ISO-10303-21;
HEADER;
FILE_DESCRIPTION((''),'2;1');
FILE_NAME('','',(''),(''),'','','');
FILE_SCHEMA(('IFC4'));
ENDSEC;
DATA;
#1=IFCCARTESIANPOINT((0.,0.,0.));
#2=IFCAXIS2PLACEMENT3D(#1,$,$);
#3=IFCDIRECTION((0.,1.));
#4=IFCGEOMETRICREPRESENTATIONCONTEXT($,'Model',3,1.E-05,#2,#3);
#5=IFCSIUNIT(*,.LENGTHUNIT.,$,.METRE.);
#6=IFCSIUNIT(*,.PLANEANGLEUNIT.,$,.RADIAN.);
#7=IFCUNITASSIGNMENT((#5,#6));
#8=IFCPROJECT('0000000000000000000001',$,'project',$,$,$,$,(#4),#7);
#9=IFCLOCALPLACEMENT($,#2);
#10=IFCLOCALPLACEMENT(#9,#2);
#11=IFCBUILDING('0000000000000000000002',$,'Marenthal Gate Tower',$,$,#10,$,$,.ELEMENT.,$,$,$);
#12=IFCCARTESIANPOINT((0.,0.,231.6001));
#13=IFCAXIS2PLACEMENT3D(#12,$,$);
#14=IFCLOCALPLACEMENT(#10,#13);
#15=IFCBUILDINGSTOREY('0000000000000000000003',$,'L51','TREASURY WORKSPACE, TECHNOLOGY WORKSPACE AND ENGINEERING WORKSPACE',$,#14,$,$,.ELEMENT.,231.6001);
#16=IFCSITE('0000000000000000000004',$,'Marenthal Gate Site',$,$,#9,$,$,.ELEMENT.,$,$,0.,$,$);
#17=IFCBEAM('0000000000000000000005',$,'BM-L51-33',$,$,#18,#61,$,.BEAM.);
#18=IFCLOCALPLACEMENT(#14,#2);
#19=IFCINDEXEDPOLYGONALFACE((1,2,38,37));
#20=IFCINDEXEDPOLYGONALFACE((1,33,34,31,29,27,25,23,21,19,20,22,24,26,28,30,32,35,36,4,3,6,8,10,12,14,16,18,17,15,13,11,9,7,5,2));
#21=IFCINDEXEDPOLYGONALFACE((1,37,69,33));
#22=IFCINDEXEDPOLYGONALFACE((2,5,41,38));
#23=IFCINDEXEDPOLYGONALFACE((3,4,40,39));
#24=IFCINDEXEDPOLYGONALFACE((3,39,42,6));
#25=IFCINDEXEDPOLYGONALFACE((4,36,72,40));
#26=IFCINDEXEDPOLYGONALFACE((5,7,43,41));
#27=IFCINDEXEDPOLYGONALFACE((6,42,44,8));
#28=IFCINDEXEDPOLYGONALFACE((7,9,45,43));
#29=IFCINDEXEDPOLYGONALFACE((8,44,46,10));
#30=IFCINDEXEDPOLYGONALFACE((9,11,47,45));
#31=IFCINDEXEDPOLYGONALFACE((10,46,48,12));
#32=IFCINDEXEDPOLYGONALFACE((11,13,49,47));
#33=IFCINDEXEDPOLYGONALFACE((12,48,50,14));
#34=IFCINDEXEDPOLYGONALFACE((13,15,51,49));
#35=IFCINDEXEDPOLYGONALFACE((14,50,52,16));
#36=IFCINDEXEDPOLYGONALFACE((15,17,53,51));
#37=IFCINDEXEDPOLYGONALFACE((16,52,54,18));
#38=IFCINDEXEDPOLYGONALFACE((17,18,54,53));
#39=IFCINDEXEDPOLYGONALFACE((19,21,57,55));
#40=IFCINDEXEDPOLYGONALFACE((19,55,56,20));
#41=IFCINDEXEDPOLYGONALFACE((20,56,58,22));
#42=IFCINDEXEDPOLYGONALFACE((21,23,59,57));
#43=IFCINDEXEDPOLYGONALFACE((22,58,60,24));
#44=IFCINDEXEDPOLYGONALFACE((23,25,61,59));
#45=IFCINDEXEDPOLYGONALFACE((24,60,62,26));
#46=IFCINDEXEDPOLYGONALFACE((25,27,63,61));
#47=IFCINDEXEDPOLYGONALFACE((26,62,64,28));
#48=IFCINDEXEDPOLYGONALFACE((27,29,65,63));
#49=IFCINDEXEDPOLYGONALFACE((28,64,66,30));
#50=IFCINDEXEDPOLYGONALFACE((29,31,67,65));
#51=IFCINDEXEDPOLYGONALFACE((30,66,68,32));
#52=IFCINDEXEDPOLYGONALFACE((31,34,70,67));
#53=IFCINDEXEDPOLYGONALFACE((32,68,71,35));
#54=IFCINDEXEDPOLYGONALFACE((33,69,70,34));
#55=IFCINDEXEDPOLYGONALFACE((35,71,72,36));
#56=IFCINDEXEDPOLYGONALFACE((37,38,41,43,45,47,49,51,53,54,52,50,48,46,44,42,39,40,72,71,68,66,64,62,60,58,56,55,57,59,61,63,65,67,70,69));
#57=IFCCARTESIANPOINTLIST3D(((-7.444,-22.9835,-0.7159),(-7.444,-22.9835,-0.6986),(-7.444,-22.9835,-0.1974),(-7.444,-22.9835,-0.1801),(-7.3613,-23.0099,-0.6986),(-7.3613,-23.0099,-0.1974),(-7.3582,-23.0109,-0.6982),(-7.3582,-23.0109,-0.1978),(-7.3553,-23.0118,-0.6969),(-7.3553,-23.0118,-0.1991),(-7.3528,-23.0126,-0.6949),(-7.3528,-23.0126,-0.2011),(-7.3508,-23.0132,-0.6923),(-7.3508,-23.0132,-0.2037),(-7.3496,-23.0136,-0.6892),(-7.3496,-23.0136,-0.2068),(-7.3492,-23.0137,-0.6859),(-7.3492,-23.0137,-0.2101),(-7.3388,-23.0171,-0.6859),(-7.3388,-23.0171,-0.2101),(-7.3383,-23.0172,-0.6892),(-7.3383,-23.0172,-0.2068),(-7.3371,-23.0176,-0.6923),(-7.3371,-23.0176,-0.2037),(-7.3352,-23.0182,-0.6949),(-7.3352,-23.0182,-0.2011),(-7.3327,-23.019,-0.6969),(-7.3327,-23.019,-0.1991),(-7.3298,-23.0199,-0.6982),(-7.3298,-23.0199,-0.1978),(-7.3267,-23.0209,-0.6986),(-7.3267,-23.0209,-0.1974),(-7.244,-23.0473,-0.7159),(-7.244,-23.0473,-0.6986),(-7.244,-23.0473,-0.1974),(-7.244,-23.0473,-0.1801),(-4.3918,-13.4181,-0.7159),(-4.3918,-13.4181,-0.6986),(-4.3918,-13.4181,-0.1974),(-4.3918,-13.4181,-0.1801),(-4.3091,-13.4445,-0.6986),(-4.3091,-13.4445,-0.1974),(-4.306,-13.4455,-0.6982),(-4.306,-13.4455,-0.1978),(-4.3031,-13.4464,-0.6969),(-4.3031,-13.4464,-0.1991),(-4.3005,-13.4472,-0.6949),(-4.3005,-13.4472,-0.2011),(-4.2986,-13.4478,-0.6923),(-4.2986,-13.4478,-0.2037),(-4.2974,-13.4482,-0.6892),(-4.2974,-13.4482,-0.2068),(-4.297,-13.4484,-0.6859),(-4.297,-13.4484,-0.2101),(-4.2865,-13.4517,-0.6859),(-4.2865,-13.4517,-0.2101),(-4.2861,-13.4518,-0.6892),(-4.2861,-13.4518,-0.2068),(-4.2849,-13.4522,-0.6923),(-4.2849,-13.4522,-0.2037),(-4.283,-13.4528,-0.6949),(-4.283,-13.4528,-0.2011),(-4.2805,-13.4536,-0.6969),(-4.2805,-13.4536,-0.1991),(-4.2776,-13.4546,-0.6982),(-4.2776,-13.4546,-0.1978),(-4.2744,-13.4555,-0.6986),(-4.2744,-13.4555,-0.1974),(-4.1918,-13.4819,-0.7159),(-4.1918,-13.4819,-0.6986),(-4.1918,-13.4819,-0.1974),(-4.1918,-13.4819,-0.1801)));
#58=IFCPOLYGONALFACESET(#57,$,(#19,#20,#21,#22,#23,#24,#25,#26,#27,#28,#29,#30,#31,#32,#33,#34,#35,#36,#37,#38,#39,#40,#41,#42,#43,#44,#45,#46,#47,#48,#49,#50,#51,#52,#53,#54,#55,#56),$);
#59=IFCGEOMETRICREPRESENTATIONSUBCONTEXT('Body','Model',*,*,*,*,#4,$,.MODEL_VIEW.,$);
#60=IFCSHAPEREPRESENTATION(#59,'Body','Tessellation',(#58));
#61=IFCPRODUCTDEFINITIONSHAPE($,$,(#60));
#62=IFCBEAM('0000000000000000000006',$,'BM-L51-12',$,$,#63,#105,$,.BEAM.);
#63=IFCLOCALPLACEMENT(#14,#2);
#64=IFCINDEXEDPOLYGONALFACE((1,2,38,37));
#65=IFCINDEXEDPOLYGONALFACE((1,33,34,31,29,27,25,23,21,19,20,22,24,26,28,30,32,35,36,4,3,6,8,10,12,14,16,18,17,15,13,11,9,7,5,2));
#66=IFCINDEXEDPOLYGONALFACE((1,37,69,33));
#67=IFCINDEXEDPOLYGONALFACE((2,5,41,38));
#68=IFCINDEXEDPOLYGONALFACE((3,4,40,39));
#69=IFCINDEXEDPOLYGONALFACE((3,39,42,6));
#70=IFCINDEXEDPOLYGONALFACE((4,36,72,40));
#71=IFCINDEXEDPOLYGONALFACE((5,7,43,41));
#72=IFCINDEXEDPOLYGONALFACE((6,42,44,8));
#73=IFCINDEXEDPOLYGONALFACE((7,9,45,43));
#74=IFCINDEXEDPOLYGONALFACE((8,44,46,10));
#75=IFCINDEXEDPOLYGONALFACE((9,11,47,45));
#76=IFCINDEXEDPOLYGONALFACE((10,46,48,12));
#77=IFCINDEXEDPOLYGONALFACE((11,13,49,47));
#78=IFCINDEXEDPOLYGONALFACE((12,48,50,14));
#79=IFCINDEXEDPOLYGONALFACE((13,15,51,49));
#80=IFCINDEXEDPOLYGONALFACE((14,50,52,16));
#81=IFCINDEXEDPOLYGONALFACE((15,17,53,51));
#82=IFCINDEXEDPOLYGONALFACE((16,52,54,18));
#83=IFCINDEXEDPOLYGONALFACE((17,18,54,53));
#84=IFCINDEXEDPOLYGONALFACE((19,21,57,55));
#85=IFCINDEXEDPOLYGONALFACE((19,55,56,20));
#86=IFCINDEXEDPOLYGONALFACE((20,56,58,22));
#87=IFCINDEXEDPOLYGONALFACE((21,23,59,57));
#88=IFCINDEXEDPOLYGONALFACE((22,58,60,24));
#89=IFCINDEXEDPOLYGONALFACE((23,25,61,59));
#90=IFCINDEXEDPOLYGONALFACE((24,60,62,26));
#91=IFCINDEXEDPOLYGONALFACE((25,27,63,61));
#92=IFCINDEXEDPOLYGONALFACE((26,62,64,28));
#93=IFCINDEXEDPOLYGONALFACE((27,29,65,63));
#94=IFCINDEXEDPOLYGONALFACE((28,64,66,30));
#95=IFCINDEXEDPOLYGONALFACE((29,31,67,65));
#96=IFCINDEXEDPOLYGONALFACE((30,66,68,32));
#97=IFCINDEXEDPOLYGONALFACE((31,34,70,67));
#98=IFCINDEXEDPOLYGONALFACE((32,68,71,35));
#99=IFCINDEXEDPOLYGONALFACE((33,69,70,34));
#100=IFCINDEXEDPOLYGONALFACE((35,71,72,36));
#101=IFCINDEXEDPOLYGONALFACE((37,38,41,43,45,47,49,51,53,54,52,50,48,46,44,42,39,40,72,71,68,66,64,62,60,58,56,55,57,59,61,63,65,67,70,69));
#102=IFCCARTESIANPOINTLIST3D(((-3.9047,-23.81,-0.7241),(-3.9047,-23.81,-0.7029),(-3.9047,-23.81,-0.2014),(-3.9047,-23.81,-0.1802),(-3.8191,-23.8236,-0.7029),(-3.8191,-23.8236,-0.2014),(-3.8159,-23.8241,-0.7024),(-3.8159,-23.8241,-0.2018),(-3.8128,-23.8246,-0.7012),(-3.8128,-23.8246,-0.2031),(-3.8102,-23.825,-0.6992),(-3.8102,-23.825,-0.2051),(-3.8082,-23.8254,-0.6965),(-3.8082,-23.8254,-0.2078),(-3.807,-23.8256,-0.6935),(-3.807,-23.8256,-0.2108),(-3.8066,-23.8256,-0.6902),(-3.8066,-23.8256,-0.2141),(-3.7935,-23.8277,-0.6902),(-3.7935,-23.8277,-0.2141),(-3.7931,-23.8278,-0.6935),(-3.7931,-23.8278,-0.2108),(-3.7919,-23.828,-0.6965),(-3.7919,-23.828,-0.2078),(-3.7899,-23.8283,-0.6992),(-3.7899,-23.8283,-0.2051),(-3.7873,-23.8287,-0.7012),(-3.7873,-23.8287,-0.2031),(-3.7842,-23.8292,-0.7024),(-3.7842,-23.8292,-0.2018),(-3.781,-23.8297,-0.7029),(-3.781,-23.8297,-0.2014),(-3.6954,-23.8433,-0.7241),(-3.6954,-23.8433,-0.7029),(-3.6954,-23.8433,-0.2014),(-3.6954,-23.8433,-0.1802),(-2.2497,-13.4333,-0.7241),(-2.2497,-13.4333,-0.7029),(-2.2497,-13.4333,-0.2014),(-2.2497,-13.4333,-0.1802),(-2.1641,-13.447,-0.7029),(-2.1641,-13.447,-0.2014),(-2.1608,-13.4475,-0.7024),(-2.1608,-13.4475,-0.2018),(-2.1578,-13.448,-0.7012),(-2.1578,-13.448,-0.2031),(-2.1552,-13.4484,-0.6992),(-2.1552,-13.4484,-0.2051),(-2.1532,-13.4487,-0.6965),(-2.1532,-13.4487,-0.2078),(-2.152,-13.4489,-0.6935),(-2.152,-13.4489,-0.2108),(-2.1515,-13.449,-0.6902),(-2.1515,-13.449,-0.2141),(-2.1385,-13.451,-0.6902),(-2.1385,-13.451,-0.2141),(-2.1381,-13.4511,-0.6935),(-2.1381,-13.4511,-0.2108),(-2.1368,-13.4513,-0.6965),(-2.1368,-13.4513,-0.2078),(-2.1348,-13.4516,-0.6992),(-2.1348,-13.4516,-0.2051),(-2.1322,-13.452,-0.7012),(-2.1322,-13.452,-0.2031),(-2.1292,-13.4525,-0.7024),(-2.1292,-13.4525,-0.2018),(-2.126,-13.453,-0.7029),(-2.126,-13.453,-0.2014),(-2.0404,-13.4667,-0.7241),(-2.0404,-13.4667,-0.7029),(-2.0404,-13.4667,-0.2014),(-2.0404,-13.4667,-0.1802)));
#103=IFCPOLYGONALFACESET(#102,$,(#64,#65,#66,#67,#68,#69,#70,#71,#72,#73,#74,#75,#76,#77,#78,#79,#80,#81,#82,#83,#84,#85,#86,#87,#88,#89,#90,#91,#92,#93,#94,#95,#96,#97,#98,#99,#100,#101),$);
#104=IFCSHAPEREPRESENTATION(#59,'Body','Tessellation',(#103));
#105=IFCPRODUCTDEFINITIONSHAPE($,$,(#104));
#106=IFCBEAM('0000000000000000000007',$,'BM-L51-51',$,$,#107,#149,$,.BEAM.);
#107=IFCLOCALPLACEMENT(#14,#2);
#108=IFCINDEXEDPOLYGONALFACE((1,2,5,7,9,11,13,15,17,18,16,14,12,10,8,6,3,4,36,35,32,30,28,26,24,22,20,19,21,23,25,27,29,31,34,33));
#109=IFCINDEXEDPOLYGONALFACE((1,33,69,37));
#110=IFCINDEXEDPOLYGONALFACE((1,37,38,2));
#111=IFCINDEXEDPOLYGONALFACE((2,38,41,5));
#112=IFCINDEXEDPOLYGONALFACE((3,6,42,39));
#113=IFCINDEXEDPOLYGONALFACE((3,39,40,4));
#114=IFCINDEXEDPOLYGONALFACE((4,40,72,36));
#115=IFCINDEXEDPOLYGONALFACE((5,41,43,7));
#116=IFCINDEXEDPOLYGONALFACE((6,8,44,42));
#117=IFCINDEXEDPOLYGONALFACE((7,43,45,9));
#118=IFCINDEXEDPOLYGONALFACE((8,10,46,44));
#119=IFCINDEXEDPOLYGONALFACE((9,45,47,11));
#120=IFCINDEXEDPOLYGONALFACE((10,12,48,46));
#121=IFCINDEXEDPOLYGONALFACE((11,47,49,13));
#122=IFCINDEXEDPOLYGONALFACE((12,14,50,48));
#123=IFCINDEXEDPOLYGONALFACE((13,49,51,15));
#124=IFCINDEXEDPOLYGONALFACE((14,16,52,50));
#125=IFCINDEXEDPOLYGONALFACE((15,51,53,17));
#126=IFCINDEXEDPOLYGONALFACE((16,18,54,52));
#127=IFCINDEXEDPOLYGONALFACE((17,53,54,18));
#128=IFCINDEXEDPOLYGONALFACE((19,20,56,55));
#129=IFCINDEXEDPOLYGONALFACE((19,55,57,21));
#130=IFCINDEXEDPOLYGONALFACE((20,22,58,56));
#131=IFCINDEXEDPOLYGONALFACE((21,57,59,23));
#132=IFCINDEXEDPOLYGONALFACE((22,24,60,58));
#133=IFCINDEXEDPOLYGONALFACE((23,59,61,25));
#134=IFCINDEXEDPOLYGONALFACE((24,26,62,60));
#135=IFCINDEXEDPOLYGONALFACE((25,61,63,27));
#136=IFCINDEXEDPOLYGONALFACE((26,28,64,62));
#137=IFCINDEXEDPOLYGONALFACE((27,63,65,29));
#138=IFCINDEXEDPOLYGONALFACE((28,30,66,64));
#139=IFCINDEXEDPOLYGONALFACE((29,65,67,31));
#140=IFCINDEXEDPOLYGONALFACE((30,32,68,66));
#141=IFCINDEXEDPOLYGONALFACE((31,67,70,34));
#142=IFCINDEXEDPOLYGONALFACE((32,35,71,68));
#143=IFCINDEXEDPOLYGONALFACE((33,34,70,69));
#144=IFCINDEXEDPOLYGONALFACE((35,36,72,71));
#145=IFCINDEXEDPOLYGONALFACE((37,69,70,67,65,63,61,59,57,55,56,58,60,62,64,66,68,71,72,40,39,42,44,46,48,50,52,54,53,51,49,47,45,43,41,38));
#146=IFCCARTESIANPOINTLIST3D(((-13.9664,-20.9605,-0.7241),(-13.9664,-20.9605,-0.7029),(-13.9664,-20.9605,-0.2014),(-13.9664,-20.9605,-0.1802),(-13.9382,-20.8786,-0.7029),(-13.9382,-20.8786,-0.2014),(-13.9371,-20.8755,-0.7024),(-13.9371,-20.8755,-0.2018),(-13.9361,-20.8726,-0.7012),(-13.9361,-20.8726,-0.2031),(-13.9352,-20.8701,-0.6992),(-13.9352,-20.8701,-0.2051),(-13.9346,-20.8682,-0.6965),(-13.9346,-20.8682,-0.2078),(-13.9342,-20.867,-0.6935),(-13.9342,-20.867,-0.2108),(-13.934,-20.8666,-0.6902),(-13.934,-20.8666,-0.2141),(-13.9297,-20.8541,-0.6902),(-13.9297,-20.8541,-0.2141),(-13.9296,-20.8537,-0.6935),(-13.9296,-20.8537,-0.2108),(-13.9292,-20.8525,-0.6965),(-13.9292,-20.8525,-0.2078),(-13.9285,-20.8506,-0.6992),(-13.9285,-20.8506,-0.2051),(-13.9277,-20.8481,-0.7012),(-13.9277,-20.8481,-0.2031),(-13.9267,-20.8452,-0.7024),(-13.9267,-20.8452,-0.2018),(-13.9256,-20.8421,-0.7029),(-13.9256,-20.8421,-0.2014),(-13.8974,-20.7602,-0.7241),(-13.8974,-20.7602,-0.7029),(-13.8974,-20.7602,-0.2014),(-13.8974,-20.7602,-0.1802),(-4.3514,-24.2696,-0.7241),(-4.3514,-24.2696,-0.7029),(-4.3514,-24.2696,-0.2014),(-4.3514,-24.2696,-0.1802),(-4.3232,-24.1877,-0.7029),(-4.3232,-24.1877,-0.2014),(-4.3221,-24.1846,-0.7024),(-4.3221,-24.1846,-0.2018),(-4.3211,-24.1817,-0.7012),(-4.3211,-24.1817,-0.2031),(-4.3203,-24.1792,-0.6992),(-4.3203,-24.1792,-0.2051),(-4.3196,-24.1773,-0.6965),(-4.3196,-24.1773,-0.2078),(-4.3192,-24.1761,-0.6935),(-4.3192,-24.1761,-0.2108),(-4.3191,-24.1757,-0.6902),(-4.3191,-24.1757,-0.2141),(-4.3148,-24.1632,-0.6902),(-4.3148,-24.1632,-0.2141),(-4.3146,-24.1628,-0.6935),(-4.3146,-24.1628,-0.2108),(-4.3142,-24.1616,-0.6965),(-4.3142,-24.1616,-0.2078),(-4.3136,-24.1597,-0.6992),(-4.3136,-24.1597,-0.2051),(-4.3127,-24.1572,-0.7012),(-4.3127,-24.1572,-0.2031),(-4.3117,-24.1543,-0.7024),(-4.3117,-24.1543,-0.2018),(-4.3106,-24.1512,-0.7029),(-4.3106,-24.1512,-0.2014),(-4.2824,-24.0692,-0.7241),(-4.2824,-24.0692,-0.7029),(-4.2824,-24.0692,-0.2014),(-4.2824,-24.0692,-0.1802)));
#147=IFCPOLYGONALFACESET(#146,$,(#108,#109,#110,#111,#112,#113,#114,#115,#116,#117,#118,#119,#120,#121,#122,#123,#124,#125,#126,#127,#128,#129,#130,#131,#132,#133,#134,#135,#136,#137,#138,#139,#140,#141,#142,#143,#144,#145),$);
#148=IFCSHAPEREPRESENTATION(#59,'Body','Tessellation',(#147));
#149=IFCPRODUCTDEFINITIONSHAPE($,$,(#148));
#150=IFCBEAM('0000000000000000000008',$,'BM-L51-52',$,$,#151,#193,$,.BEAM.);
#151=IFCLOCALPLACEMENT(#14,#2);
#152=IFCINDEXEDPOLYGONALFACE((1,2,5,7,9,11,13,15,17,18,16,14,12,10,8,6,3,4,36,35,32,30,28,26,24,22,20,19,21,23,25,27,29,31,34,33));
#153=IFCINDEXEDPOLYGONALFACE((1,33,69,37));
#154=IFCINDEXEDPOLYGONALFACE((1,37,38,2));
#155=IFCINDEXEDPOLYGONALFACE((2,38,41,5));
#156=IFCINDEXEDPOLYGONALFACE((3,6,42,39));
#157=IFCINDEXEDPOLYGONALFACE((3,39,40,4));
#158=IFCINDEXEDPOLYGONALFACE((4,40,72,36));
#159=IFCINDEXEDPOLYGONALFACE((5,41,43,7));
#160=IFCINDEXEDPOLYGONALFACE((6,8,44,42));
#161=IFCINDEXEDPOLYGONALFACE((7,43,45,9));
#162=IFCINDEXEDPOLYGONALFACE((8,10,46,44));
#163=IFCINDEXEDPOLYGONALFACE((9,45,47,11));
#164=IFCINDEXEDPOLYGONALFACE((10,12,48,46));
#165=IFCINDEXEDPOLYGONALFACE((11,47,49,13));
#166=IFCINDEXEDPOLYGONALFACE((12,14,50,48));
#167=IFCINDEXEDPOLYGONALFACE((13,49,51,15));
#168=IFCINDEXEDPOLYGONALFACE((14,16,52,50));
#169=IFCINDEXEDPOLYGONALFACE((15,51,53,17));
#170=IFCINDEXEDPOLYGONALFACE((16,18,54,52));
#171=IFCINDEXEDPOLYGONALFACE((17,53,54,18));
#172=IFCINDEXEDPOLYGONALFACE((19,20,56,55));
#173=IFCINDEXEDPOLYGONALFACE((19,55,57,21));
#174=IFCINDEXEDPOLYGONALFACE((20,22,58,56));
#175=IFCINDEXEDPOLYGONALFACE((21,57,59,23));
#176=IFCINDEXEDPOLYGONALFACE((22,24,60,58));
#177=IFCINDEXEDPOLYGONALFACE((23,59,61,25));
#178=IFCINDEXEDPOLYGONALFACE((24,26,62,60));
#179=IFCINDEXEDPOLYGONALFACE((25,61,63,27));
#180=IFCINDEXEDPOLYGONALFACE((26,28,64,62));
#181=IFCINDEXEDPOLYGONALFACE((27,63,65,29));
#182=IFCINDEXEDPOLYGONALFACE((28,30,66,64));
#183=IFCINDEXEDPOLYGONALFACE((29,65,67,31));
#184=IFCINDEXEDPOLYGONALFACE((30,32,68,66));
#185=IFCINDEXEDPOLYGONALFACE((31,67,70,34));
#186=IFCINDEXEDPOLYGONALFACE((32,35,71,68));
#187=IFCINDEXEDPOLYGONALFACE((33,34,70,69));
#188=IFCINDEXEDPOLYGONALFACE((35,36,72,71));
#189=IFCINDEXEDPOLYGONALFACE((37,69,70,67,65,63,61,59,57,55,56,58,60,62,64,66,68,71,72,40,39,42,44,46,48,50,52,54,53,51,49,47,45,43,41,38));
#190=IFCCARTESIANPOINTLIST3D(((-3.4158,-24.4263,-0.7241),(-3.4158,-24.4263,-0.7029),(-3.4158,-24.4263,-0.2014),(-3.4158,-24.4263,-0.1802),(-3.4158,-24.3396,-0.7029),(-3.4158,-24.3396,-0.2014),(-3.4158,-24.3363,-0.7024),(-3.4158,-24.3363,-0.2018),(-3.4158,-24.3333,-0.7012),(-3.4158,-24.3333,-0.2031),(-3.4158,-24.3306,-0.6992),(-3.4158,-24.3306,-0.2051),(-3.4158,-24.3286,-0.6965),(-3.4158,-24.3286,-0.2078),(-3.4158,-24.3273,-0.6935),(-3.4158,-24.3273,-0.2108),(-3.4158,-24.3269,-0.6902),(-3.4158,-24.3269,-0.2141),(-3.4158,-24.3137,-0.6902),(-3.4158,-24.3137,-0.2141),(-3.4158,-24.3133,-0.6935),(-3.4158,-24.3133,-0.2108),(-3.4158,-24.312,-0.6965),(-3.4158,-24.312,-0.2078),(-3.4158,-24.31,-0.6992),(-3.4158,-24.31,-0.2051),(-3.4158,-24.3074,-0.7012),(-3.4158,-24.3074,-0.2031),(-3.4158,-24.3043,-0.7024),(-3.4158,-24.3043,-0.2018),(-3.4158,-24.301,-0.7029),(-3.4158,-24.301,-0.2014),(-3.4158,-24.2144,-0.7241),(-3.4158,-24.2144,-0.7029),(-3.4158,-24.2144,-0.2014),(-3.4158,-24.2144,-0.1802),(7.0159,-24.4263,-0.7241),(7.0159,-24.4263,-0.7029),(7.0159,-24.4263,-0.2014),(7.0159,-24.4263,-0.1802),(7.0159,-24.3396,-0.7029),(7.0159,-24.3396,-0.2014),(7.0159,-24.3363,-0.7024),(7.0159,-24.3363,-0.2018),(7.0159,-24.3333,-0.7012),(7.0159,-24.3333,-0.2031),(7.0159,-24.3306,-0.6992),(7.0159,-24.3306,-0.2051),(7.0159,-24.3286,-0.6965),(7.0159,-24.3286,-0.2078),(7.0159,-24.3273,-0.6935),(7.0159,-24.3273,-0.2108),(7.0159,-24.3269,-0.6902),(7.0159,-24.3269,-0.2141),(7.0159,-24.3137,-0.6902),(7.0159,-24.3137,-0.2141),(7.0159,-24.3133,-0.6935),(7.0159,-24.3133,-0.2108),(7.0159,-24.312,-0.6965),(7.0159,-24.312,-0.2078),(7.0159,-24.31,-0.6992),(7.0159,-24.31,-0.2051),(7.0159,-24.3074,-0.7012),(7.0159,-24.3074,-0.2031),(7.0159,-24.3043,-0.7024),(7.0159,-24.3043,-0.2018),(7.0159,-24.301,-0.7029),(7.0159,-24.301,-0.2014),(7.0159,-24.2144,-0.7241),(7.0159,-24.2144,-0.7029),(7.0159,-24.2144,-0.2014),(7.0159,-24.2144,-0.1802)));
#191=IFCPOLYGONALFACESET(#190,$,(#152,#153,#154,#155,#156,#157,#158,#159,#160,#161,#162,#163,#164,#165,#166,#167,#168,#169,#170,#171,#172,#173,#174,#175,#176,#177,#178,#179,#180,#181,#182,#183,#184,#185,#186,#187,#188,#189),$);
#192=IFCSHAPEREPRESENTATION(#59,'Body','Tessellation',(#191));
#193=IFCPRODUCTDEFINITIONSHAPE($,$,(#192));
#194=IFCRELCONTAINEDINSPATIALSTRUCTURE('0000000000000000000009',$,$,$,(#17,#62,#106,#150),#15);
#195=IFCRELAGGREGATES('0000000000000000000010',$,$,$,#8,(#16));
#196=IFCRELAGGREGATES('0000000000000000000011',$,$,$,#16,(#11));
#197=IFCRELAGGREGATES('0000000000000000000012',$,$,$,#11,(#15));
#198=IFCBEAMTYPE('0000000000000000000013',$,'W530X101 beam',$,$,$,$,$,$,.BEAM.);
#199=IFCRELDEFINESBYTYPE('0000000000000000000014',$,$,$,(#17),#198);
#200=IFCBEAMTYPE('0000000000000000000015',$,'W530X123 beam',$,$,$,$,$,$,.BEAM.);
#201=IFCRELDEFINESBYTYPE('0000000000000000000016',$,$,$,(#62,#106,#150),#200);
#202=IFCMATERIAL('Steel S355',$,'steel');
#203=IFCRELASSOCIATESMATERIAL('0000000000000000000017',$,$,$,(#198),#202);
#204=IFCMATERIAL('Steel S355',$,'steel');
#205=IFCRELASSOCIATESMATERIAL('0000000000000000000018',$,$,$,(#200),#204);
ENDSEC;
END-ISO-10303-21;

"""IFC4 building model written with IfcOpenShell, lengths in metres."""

from ifc_helpers import new_model, si_unit, direction, frame, origin, origin_2d, place, context, subcontext, project, spatial, i_section, extrude, material, material_profile, profile_set, type_object, element, save


model = new_model("IFC4")

# Units and contexts
model_context = context("Model", 3, precision=1e-05, world=origin(), true_north=direction((0.0, 1.0)))
body_context = subcontext(model_context, "Body", "Model", "MODEL_VIEW")
ifc_project = project(units=[si_unit("LENGTHUNIT", "METRE"), si_unit("PLANEANGLEUNIT", "RADIAN")], contexts=[model_context])

# Site, building, storey
site_placement = place(None, origin())
site = spatial("IfcSite", under=ifc_project, at=site_placement, Name="Marenthal Gate Site", CompositionType="ELEMENT", RefElevation=0.0)
building_placement = place(site_placement, origin())
building = spatial("IfcBuilding", under=site, at=building_placement, Name="Marenthal Gate Tower", CompositionType="ELEMENT")
storey_placement = place(building_placement, frame((0.0, 0.0, 231.6001)))
storey = spatial("IfcBuildingStorey", under=building, at=storey_placement, Name="L51", Description="TREASURY WORKSPACE, TECHNOLOGY WORKSPACE AND ENGINEERING WORKSPACE", CompositionType="ELEMENT", Elevation=231.6001)

# Beams
ifc_material_1 = material(Name="Steel S355", Category="steel")
ifc_material_profile_1 = material_profile(ifc_material_1, i_section(OverallWidth=0.21, OverallDepth=0.5359, WebThickness=0.011, FlangeThickness=0.0173, FilletRadius=0.0127, at=origin_2d()), Name="W530X101")
ifc_profile_set_1 = profile_set([ifc_material_profile_1], Name="Steel S355")
beam_type_1 = type_object("IfcBeamType", Name="W530X101 beam", PredefinedType="BEAM", material=ifc_profile_set_1)
beam_1_placement = place(storey_placement, frame((-7.344, -23.0154, -0.448), z_axis=(0.30399, 0.952675, 0.0), x_axis=(-0.952675, 0.30399, 0.0)))
element("IfcBeam", 1, at=beam_1_placement, inside=storey, type_object=beam_type_1, Name="BM-L51-33", PredefinedType="BEAM", context=body_context, shape_type="SweptSolid", body=[
    extrude(i_section(OverallWidth=0.21, OverallDepth=0.5359, WebThickness=0.011, FlangeThickness=0.0173, FilletRadius=0.0127, at=origin_2d()), origin(), (0.0, 0.0, 1.0), 10.0405),
])
ifc_material_2 = material(Name="Steel S355", Category="steel")
ifc_material_profile_2 = material_profile(ifc_material_2, i_section(OverallWidth=0.2119, OverallDepth=0.5439, WebThickness=0.0132, FlangeThickness=0.0212, FilletRadius=0.0127, at=origin_2d()), Name="W530X123")
ifc_profile_set_2 = profile_set([ifc_material_profile_2], Name="Steel S355")
beam_type_2 = type_object("IfcBeamType", Name="W530X123 beam", PredefinedType="BEAM", material=ifc_profile_set_2)
beam_2_placement = place(storey_placement, frame((-3.8, -23.8267, -0.4521), z_axis=(0.157504, 0.987518, 0.0), x_axis=(-0.987518, 0.157504, 0.0)))
element("IfcBeam", 2, at=beam_2_placement, inside=storey, type_object=beam_type_2, Name="BM-L51-12", PredefinedType="BEAM", context=body_context, shape_type="SweptSolid", body=[
    extrude(i_section(OverallWidth=0.2119, OverallDepth=0.5439, WebThickness=0.0132, FlangeThickness=0.0212, FilletRadius=0.0127, at=origin_2d()), origin(), (0.0, 0.0, 1.0), 10.5078),
])
beam_3_placement = place(storey_placement, frame((-13.9319, -20.8604, -0.4521), z_axis=(0.945568, -0.325425, 0.0), x_axis=(0.325425, 0.945568, 0.0)))
element("IfcBeam", 3, at=beam_3_placement, inside=storey, type_object=beam_type_2, Name="BM-L51-51", PredefinedType="BEAM", context=body_context, shape_type="SweptSolid", body=[
    extrude(i_section(OverallWidth=0.2119, OverallDepth=0.5439, WebThickness=0.0132, FlangeThickness=0.0212, FilletRadius=0.0127, at=origin_2d()), origin(), (0.0, 0.0, 1.0), 10.1685),
])
beam_4_placement = place(storey_placement, frame((-3.4158, -24.3203, -0.4521), z_axis=(1.0, 0.0, 0.0), x_axis=(0.0, 1.0, 0.0)))
element("IfcBeam", 4, at=beam_4_placement, inside=storey, type_object=beam_type_2, Name="BM-L51-52", PredefinedType="BEAM", context=body_context, shape_type="SweptSolid", body=[
    extrude(i_section(OverallWidth=0.2119, OverallDepth=0.5439, WebThickness=0.0132, FlangeThickness=0.0212, FilletRadius=0.0127, at=origin_2d()), origin(), (0.0, 0.0, 1.0), 10.4316),
])

save(model, "model.ifc")
